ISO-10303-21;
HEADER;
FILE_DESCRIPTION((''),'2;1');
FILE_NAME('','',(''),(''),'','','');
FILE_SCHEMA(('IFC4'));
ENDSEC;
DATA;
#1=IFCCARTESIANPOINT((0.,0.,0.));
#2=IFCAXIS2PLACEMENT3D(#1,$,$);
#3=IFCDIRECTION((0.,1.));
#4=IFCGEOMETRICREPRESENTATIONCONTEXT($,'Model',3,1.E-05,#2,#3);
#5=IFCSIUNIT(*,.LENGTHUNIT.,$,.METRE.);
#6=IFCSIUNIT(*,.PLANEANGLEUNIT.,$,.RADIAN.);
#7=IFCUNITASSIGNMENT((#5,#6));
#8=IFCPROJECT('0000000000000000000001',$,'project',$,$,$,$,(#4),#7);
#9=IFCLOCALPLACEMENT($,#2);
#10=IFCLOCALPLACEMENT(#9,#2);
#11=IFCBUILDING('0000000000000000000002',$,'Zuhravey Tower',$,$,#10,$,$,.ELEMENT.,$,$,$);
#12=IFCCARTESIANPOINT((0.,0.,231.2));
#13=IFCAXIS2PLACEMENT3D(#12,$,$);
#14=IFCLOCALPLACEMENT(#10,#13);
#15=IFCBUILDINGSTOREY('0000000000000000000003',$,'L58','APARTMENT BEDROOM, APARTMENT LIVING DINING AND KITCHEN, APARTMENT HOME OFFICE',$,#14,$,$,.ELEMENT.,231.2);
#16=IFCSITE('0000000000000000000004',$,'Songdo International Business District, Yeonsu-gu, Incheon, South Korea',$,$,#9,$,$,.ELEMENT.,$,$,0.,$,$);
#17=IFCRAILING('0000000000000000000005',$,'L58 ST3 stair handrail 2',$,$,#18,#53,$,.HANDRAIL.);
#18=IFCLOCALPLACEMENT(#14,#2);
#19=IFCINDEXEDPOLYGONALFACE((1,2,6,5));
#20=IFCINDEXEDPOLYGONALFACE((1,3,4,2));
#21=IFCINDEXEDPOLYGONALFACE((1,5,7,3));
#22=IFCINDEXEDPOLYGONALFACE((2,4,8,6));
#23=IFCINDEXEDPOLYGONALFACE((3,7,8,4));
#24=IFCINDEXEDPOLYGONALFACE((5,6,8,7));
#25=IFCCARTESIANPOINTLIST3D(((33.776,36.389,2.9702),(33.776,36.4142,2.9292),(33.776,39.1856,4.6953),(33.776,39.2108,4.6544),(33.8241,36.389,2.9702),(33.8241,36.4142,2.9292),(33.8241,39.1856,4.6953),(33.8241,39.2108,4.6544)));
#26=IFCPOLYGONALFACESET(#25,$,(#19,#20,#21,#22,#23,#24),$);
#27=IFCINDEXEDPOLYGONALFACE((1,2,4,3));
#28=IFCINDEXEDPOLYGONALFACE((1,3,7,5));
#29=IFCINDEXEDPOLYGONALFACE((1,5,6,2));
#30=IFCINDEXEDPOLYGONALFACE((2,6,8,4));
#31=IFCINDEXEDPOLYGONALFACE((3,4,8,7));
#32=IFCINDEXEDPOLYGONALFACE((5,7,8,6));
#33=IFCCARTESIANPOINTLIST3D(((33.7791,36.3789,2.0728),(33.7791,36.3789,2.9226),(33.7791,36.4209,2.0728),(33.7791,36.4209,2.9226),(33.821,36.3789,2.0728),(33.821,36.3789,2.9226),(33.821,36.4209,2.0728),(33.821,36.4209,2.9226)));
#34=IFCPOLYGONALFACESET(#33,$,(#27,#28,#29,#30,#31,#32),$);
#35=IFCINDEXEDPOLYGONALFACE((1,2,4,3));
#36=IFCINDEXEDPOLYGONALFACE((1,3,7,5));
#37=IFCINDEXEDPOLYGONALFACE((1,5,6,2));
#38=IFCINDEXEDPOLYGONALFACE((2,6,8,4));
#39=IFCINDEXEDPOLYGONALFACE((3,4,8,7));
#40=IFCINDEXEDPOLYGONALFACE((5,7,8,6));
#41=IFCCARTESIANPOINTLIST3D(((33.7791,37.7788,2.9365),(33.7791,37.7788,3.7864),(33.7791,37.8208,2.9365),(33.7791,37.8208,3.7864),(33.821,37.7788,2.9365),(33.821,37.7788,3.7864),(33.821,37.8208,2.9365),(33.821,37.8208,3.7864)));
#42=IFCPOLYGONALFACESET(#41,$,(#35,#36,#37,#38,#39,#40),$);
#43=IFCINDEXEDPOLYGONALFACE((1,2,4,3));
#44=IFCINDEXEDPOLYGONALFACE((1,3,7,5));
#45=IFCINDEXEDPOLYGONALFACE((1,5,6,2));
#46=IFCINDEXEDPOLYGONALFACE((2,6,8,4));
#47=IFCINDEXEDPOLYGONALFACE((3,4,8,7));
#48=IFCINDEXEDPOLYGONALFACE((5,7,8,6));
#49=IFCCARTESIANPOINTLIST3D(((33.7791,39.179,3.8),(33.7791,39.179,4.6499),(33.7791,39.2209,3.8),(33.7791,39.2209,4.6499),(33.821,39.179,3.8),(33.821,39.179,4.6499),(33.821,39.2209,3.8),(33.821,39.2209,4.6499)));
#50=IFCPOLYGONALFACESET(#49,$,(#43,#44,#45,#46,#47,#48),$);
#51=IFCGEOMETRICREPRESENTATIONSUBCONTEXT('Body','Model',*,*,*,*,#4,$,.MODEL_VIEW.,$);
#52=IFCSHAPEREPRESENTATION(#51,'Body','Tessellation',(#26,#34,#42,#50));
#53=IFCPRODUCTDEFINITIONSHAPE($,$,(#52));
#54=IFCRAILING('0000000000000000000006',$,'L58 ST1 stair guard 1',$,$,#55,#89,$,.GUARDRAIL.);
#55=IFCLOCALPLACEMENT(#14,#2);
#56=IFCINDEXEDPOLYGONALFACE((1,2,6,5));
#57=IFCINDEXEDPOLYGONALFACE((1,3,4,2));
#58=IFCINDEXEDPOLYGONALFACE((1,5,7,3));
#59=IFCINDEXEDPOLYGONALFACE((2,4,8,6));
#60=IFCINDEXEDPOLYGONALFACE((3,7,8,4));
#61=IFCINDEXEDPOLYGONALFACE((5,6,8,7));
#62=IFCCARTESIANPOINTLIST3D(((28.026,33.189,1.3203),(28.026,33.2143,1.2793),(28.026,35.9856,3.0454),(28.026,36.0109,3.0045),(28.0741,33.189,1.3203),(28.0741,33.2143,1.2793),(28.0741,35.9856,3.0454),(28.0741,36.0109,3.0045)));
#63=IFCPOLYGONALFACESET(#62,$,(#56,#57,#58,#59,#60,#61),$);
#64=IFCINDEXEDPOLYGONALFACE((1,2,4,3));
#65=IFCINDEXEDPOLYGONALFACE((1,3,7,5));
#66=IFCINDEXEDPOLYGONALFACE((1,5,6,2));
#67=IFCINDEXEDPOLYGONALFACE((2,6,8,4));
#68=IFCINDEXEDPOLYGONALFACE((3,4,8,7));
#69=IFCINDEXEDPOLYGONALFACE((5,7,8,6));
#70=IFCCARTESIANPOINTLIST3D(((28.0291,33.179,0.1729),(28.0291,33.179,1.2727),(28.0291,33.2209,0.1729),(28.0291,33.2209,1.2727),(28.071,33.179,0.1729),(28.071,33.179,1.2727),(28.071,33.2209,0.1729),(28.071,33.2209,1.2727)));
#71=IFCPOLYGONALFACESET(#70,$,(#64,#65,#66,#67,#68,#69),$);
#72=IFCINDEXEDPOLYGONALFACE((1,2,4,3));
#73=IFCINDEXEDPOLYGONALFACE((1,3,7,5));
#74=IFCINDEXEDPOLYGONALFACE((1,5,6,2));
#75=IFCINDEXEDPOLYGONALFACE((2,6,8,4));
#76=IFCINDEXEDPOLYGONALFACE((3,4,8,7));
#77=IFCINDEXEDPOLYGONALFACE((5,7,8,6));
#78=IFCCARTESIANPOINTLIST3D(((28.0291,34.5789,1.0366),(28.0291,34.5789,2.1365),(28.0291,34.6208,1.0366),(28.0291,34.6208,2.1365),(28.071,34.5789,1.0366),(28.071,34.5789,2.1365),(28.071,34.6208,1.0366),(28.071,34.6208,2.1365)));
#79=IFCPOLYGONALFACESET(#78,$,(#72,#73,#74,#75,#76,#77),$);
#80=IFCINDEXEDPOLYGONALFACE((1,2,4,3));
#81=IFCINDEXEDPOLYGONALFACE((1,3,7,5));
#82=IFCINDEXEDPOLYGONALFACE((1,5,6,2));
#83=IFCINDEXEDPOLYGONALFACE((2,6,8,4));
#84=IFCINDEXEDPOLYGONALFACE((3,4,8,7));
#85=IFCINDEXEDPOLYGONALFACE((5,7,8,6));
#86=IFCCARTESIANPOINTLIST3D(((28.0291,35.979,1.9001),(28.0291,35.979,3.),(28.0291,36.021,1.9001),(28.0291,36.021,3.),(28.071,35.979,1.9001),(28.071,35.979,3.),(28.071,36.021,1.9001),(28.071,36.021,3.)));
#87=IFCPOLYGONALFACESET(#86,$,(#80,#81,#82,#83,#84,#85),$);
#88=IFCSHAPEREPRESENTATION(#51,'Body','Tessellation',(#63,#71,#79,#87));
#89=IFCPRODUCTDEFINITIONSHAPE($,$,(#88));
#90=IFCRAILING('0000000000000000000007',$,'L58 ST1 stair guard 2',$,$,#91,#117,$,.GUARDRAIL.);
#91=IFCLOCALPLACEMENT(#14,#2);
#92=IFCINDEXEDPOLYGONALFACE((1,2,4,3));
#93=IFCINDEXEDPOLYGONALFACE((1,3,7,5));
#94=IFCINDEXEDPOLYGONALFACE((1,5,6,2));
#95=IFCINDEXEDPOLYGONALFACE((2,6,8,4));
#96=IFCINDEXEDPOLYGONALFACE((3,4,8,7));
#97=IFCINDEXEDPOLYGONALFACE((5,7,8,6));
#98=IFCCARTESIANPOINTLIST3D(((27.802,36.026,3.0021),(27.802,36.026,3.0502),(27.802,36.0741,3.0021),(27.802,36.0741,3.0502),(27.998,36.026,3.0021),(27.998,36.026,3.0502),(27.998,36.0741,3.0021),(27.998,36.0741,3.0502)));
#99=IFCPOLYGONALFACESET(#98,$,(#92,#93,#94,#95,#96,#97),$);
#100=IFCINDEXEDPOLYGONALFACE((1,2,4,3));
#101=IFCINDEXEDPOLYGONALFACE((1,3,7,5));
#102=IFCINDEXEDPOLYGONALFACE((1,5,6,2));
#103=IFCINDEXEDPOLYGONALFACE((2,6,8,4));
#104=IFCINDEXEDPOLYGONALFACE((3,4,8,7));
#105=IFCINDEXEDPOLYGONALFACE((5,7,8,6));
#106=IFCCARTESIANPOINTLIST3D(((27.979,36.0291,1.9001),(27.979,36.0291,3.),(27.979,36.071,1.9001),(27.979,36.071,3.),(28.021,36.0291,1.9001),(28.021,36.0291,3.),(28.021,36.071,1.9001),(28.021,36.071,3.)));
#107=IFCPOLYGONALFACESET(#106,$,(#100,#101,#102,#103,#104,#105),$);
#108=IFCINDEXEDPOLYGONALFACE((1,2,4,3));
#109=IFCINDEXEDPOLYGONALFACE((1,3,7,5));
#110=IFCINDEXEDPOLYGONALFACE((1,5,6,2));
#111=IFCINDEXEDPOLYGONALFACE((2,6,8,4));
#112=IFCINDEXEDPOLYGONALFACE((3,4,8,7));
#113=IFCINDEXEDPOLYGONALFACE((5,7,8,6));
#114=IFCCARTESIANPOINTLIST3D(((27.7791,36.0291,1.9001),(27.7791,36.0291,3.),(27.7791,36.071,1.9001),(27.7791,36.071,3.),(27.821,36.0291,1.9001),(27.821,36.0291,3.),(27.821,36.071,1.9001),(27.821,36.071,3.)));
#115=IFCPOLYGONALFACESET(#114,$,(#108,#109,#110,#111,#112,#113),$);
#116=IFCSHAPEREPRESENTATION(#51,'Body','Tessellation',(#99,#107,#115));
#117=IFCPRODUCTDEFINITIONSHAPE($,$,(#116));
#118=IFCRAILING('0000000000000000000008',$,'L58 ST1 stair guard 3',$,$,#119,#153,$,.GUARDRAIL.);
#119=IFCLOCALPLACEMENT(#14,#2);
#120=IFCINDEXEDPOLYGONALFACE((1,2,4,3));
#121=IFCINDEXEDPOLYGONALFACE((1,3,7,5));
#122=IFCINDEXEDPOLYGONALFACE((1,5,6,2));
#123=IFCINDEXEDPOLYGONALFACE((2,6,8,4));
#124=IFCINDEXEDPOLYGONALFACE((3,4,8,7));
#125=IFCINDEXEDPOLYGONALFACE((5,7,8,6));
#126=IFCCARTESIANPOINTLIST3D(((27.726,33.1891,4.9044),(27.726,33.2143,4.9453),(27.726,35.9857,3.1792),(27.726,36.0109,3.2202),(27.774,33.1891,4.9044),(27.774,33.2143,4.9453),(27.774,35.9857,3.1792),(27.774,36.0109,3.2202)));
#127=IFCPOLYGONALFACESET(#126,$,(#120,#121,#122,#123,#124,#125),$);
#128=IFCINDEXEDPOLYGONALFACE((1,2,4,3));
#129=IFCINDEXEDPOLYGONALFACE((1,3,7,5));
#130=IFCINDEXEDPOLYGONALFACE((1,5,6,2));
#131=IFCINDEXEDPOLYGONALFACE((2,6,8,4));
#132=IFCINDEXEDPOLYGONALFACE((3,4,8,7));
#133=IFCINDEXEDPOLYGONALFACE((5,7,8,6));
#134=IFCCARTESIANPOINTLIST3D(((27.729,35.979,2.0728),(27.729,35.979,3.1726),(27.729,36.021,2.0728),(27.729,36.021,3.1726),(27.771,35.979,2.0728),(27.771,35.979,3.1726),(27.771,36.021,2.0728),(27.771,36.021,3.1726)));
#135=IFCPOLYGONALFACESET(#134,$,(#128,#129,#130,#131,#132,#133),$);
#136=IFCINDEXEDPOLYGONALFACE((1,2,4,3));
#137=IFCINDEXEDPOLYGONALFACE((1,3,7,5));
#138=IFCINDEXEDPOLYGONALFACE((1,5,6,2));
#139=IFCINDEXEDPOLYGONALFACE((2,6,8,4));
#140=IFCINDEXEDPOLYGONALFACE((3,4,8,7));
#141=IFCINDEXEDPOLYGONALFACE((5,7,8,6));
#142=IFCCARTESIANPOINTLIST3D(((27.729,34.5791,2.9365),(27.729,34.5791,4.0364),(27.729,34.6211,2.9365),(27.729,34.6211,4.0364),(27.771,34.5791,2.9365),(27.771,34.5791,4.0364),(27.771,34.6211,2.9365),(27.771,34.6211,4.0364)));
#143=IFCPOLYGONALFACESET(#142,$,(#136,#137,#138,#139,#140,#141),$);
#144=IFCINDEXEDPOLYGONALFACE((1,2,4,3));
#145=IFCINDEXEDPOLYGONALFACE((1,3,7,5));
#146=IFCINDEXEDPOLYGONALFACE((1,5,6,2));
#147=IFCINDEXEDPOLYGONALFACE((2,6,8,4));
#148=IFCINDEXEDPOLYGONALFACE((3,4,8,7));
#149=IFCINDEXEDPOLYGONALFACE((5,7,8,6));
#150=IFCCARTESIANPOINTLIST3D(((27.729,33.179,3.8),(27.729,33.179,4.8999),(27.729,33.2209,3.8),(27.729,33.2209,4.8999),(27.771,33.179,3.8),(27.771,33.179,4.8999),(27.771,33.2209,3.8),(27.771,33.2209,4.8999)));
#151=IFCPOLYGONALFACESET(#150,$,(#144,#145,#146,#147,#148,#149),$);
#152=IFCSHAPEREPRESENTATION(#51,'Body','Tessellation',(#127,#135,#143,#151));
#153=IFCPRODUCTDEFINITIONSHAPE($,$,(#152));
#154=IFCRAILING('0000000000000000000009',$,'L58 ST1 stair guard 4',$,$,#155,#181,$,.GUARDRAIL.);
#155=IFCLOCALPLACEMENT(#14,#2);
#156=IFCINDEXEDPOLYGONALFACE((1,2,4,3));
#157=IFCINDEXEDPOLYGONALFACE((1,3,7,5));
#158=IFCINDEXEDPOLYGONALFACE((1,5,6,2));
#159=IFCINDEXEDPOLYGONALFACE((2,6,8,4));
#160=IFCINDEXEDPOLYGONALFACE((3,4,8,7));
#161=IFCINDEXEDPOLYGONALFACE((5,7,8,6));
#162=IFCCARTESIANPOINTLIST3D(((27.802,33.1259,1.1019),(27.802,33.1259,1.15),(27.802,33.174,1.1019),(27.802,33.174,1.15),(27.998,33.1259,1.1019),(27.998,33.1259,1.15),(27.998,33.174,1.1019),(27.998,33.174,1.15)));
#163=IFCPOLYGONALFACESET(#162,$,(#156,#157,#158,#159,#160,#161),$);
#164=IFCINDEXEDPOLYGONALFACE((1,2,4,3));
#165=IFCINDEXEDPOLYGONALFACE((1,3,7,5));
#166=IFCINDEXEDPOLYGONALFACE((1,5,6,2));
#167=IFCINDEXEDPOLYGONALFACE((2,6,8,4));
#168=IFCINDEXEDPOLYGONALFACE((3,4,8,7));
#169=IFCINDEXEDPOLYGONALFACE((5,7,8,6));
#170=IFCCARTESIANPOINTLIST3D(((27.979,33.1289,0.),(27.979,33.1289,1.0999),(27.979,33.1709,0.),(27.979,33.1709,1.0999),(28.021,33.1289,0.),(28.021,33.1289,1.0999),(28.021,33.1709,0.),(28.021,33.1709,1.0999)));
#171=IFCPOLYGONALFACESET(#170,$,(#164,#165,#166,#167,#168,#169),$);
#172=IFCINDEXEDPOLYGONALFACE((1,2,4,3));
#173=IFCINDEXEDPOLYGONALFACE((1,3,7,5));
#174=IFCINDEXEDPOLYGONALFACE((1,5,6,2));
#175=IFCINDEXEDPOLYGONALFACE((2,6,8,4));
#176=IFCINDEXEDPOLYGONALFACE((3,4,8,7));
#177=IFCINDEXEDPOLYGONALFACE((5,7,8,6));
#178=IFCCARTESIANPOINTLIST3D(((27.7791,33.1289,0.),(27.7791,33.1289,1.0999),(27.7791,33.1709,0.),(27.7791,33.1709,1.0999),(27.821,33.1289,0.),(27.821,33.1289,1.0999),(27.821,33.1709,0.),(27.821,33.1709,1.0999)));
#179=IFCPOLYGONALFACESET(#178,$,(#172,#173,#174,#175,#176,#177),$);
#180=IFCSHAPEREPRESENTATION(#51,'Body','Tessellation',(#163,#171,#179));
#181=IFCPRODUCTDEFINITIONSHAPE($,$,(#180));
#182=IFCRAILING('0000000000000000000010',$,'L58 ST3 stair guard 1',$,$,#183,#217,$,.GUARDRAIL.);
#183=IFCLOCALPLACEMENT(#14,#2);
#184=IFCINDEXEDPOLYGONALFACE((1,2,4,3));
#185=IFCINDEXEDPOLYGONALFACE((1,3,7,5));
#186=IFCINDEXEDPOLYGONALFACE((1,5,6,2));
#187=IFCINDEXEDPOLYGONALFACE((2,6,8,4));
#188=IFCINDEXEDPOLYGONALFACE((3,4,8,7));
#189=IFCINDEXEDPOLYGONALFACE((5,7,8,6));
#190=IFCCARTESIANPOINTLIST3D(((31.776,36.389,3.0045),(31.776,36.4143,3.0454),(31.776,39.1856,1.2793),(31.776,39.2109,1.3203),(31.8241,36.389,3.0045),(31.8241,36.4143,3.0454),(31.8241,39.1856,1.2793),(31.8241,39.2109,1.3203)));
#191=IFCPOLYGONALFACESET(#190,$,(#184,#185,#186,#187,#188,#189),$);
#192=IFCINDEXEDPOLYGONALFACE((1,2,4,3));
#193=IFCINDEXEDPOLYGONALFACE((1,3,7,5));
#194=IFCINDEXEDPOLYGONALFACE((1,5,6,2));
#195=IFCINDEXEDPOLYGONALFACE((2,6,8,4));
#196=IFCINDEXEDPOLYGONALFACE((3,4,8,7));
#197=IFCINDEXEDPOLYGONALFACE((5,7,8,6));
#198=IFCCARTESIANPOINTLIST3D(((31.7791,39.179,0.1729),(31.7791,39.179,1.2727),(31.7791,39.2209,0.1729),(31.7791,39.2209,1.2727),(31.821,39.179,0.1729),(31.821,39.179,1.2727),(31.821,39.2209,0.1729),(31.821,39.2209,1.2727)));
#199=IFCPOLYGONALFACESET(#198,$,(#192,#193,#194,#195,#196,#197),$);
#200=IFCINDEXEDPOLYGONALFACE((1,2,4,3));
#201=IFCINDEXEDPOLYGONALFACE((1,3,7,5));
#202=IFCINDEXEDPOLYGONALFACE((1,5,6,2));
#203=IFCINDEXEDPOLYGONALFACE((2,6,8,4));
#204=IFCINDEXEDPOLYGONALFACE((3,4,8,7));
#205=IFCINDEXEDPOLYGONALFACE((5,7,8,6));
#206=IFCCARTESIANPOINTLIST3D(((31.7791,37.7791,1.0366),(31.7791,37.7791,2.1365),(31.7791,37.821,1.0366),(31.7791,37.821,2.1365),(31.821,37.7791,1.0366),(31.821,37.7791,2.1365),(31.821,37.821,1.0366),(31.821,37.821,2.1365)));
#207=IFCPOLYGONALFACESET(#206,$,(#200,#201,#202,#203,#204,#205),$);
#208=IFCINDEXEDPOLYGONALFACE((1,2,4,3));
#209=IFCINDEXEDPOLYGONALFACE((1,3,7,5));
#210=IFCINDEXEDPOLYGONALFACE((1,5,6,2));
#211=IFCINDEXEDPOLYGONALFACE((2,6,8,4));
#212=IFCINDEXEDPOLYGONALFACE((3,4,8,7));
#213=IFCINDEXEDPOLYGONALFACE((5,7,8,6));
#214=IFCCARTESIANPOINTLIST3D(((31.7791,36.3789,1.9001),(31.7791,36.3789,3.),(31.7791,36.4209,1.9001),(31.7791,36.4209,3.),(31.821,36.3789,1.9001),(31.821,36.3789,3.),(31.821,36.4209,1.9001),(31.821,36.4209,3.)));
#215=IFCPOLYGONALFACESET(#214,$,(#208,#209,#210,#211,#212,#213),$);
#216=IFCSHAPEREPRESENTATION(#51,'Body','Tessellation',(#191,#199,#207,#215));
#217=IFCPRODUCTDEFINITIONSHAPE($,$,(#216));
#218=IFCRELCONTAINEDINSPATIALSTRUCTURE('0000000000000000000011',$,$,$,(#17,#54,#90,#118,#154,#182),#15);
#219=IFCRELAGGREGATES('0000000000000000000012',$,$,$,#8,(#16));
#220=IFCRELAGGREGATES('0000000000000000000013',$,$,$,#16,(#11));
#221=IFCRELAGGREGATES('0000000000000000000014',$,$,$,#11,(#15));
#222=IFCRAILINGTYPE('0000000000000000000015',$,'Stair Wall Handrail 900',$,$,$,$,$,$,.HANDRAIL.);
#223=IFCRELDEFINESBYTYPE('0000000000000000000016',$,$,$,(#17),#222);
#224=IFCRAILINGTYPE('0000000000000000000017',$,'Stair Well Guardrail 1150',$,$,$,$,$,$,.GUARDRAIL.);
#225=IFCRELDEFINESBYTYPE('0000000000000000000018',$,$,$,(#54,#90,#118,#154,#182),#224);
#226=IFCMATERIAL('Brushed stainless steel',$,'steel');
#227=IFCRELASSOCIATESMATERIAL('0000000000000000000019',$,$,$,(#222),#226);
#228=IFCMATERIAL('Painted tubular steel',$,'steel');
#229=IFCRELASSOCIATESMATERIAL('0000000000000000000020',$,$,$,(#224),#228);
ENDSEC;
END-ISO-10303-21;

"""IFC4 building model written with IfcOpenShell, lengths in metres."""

from ifc_helpers import new_model, si_unit, direction, frame, origin, origin_2d, place, context, subcontext, project, spatial, rectangle, extrude, material, type_object, element, save


model = new_model("IFC4")

# Units and contexts
model_context = context("Model", 3, precision=1e-05, world=origin(), true_north=direction((0.0, 1.0)))
body_context = subcontext(model_context, "Body", "Model", "MODEL_VIEW")
ifc_project = project(units=[si_unit("LENGTHUNIT", "METRE"), si_unit("PLANEANGLEUNIT", "RADIAN")], contexts=[model_context])

# Site, building, storey
site_placement = place(None, origin())
site = spatial("IfcSite", under=ifc_project, at=site_placement, Name="Songdo International Business District, Yeonsu-gu, Incheon, South Korea", CompositionType="ELEMENT", RefElevation=0.0)
building_placement = place(site_placement, origin())
building = spatial("IfcBuilding", under=site, at=building_placement, Name="Zuhravey Tower", CompositionType="ELEMENT")
storey_placement = place(building_placement, frame((0.0, 0.0, 231.2)))
storey = spatial("IfcBuildingStorey", under=building, at=storey_placement, Name="L58", Description="APARTMENT BEDROOM, APARTMENT LIVING DINING AND KITCHEN, APARTMENT HOME OFFICE", CompositionType="ELEMENT", Elevation=231.2)

# Railings
ifc_material_1 = material(Name="Brushed stainless steel", Category="steel")
railing_type_1 = type_object("IfcRailingType", Name="Stair Wall Handrail 900", PredefinedType="HANDRAIL", material=ifc_material_1)
railing_1_placement = place(storey_placement, frame((33.8, 36.3999, 2.0728)))
element("IfcRailing", 1, at=railing_1_placement, inside=storey, type_object=railing_type_1, Name="L58 ST3 stair handrail 2", PredefinedType="HANDRAIL", context=body_context, shape_type="SweptSolid", body=[
    extrude(rectangle(XDim=0.0481, YDim=0.0481, at=origin_2d()), frame((0.0, 0.0017, 0.877), z_axis=(0.0, 0.85109, 0.52502), x_axis=(-1.0, 0.0, 0.0)), (0.0, 0.0, 1.0), 3.2859),
    extrude(rectangle(XDim=0.042, YDim=0.042, at=origin_2d()), origin(), (0.0, 0.0, 1.0), 0.8499),
    extrude(rectangle(XDim=0.042, YDim=0.042, at=origin_2d()), frame((0.0, 1.3999, 0.8638)), (0.0, 0.0, 1.0), 0.8499),
    extrude(rectangle(XDim=0.042, YDim=0.042, at=origin_2d()), frame((0.0, 2.8, 1.7273)), (0.0, 0.0, 1.0), 0.8499),
])
ifc_material_2 = material(Name="Painted tubular steel", Category="steel")
railing_type_2 = type_object("IfcRailingType", Name="Stair Well Guardrail 1150", PredefinedType="GUARDRAIL", material=ifc_material_2)
railing_2_placement = place(storey_placement, frame((28.05, 33.2, 0.1729)))
element("IfcRailing", 2, at=railing_2_placement, inside=storey, type_object=railing_type_2, Name="L58 ST1 stair guard 1", PredefinedType="GUARDRAIL", context=body_context, shape_type="SweptSolid", body=[
    extrude(rectangle(XDim=0.0481, YDim=0.0481, at=origin_2d()), frame((0.0, 0.0017, 1.127), z_axis=(0.0, 0.85109, 0.52502), x_axis=(-1.0, 0.0, 0.0)), (0.0, 0.0, 1.0), 3.2859),
    extrude(rectangle(XDim=0.042, YDim=0.042, at=origin_2d()), origin(), (0.0, 0.0, 1.0), 1.0999),
    extrude(rectangle(XDim=0.042, YDim=0.042, at=origin_2d()), frame((0.0, 1.3999, 0.8638)), (0.0, 0.0, 1.0), 1.0999),
    extrude(rectangle(XDim=0.042, YDim=0.042, at=origin_2d()), frame((0.0, 2.8, 1.7273)), (0.0, 0.0, 1.0), 1.0999),
])
railing_3_placement = place(storey_placement, frame((28.0, 36.05, 1.9001)))
element("IfcRailing", 3, at=railing_3_placement, inside=storey, type_object=railing_type_2, Name="L58 ST1 stair guard 2", PredefinedType="GUARDRAIL", context=body_context, shape_type="SweptSolid", body=[
    extrude(rectangle(XDim=0.0481, YDim=0.0481, at=origin_2d()), frame((-0.002, 0.0, 1.126), z_axis=(-1.0, 0.0, 0.0), x_axis=(0.0, -1.0, 0.0)), (0.0, 0.0, 1.0), 0.196),
    extrude(rectangle(XDim=0.042, YDim=0.042, at=origin_2d()), origin(), (0.0, 0.0, 1.0), 1.0999),
    extrude(rectangle(XDim=0.042, YDim=0.042, at=origin_2d()), frame((-0.2, 0.0, 0.0)), (0.0, 0.0, 1.0), 1.0999),
])
railing_4_placement = place(storey_placement, frame((27.75, 36.0, 2.0728)))
element("IfcRailing", 4, at=railing_4_placement, inside=storey, type_object=railing_type_2, Name="L58 ST1 stair guard 3", PredefinedType="GUARDRAIL", context=body_context, shape_type="SweptSolid", body=[
    extrude(rectangle(XDim=0.0481, YDim=0.0481, at=origin_2d()), frame((0.0, -0.0017, 1.127), z_axis=(0.0, -0.85109, 0.52502), x_axis=(1.0, 0.0, 0.0)), (0.0, 0.0, 1.0), 3.2859),
    extrude(rectangle(XDim=0.042, YDim=0.042, at=origin_2d()), origin(), (0.0, 0.0, 1.0), 1.0999),
    extrude(rectangle(XDim=0.042, YDim=0.042, at=origin_2d()), frame((0.0, -1.3999, 0.8638)), (0.0, 0.0, 1.0), 1.0999),
    extrude(rectangle(XDim=0.042, YDim=0.042, at=origin_2d()), frame((0.0, -2.8, 1.7273)), (0.0, 0.0, 1.0), 1.0999),
])
railing_5_placement = place(storey_placement, frame((28.0, 33.1499, 0.0)))
element("IfcRailing", 5, at=railing_5_placement, inside=storey, type_object=railing_type_2, Name="L58 ST1 stair guard 4", PredefinedType="GUARDRAIL", context=body_context, shape_type="SweptSolid", body=[
    extrude(rectangle(XDim=0.0481, YDim=0.0481, at=origin_2d()), frame((-0.002, 0.0, 1.126), z_axis=(-1.0, 0.0, 0.0), x_axis=(0.0, -1.0, 0.0)), (0.0, 0.0, 1.0), 0.196),
    extrude(rectangle(XDim=0.042, YDim=0.042, at=origin_2d()), origin(), (0.0, 0.0, 1.0), 1.0999),
    extrude(rectangle(XDim=0.042, YDim=0.042, at=origin_2d()), frame((-0.2, 0.0, 0.0)), (0.0, 0.0, 1.0), 1.0999),
])
railing_6_placement = place(storey_placement, frame((31.8, 39.2, 0.1729)))
element("IfcRailing", 6, at=railing_6_placement, inside=storey, type_object=railing_type_2, Name="L58 ST3 stair guard 1", PredefinedType="GUARDRAIL", context=body_context, shape_type="SweptSolid", body=[
    extrude(rectangle(XDim=0.0481, YDim=0.0481, at=origin_2d()), frame((0.0, -0.0017, 1.127), z_axis=(0.0, -0.85109, 0.52502), x_axis=(1.0, 0.0, 0.0)), (0.0, 0.0, 1.0), 3.2859),
    extrude(rectangle(XDim=0.042, YDim=0.042, at=origin_2d()), origin(), (0.0, 0.0, 1.0), 1.0999),
    extrude(rectangle(XDim=0.042, YDim=0.042, at=origin_2d()), frame((0.0, -1.3999, 0.8638)), (0.0, 0.0, 1.0), 1.0999),
    extrude(rectangle(XDim=0.042, YDim=0.042, at=origin_2d()), frame((0.0, -2.8, 1.7273)), (0.0, 0.0, 1.0), 1.0999),
])

save(model, "model.ifc")
